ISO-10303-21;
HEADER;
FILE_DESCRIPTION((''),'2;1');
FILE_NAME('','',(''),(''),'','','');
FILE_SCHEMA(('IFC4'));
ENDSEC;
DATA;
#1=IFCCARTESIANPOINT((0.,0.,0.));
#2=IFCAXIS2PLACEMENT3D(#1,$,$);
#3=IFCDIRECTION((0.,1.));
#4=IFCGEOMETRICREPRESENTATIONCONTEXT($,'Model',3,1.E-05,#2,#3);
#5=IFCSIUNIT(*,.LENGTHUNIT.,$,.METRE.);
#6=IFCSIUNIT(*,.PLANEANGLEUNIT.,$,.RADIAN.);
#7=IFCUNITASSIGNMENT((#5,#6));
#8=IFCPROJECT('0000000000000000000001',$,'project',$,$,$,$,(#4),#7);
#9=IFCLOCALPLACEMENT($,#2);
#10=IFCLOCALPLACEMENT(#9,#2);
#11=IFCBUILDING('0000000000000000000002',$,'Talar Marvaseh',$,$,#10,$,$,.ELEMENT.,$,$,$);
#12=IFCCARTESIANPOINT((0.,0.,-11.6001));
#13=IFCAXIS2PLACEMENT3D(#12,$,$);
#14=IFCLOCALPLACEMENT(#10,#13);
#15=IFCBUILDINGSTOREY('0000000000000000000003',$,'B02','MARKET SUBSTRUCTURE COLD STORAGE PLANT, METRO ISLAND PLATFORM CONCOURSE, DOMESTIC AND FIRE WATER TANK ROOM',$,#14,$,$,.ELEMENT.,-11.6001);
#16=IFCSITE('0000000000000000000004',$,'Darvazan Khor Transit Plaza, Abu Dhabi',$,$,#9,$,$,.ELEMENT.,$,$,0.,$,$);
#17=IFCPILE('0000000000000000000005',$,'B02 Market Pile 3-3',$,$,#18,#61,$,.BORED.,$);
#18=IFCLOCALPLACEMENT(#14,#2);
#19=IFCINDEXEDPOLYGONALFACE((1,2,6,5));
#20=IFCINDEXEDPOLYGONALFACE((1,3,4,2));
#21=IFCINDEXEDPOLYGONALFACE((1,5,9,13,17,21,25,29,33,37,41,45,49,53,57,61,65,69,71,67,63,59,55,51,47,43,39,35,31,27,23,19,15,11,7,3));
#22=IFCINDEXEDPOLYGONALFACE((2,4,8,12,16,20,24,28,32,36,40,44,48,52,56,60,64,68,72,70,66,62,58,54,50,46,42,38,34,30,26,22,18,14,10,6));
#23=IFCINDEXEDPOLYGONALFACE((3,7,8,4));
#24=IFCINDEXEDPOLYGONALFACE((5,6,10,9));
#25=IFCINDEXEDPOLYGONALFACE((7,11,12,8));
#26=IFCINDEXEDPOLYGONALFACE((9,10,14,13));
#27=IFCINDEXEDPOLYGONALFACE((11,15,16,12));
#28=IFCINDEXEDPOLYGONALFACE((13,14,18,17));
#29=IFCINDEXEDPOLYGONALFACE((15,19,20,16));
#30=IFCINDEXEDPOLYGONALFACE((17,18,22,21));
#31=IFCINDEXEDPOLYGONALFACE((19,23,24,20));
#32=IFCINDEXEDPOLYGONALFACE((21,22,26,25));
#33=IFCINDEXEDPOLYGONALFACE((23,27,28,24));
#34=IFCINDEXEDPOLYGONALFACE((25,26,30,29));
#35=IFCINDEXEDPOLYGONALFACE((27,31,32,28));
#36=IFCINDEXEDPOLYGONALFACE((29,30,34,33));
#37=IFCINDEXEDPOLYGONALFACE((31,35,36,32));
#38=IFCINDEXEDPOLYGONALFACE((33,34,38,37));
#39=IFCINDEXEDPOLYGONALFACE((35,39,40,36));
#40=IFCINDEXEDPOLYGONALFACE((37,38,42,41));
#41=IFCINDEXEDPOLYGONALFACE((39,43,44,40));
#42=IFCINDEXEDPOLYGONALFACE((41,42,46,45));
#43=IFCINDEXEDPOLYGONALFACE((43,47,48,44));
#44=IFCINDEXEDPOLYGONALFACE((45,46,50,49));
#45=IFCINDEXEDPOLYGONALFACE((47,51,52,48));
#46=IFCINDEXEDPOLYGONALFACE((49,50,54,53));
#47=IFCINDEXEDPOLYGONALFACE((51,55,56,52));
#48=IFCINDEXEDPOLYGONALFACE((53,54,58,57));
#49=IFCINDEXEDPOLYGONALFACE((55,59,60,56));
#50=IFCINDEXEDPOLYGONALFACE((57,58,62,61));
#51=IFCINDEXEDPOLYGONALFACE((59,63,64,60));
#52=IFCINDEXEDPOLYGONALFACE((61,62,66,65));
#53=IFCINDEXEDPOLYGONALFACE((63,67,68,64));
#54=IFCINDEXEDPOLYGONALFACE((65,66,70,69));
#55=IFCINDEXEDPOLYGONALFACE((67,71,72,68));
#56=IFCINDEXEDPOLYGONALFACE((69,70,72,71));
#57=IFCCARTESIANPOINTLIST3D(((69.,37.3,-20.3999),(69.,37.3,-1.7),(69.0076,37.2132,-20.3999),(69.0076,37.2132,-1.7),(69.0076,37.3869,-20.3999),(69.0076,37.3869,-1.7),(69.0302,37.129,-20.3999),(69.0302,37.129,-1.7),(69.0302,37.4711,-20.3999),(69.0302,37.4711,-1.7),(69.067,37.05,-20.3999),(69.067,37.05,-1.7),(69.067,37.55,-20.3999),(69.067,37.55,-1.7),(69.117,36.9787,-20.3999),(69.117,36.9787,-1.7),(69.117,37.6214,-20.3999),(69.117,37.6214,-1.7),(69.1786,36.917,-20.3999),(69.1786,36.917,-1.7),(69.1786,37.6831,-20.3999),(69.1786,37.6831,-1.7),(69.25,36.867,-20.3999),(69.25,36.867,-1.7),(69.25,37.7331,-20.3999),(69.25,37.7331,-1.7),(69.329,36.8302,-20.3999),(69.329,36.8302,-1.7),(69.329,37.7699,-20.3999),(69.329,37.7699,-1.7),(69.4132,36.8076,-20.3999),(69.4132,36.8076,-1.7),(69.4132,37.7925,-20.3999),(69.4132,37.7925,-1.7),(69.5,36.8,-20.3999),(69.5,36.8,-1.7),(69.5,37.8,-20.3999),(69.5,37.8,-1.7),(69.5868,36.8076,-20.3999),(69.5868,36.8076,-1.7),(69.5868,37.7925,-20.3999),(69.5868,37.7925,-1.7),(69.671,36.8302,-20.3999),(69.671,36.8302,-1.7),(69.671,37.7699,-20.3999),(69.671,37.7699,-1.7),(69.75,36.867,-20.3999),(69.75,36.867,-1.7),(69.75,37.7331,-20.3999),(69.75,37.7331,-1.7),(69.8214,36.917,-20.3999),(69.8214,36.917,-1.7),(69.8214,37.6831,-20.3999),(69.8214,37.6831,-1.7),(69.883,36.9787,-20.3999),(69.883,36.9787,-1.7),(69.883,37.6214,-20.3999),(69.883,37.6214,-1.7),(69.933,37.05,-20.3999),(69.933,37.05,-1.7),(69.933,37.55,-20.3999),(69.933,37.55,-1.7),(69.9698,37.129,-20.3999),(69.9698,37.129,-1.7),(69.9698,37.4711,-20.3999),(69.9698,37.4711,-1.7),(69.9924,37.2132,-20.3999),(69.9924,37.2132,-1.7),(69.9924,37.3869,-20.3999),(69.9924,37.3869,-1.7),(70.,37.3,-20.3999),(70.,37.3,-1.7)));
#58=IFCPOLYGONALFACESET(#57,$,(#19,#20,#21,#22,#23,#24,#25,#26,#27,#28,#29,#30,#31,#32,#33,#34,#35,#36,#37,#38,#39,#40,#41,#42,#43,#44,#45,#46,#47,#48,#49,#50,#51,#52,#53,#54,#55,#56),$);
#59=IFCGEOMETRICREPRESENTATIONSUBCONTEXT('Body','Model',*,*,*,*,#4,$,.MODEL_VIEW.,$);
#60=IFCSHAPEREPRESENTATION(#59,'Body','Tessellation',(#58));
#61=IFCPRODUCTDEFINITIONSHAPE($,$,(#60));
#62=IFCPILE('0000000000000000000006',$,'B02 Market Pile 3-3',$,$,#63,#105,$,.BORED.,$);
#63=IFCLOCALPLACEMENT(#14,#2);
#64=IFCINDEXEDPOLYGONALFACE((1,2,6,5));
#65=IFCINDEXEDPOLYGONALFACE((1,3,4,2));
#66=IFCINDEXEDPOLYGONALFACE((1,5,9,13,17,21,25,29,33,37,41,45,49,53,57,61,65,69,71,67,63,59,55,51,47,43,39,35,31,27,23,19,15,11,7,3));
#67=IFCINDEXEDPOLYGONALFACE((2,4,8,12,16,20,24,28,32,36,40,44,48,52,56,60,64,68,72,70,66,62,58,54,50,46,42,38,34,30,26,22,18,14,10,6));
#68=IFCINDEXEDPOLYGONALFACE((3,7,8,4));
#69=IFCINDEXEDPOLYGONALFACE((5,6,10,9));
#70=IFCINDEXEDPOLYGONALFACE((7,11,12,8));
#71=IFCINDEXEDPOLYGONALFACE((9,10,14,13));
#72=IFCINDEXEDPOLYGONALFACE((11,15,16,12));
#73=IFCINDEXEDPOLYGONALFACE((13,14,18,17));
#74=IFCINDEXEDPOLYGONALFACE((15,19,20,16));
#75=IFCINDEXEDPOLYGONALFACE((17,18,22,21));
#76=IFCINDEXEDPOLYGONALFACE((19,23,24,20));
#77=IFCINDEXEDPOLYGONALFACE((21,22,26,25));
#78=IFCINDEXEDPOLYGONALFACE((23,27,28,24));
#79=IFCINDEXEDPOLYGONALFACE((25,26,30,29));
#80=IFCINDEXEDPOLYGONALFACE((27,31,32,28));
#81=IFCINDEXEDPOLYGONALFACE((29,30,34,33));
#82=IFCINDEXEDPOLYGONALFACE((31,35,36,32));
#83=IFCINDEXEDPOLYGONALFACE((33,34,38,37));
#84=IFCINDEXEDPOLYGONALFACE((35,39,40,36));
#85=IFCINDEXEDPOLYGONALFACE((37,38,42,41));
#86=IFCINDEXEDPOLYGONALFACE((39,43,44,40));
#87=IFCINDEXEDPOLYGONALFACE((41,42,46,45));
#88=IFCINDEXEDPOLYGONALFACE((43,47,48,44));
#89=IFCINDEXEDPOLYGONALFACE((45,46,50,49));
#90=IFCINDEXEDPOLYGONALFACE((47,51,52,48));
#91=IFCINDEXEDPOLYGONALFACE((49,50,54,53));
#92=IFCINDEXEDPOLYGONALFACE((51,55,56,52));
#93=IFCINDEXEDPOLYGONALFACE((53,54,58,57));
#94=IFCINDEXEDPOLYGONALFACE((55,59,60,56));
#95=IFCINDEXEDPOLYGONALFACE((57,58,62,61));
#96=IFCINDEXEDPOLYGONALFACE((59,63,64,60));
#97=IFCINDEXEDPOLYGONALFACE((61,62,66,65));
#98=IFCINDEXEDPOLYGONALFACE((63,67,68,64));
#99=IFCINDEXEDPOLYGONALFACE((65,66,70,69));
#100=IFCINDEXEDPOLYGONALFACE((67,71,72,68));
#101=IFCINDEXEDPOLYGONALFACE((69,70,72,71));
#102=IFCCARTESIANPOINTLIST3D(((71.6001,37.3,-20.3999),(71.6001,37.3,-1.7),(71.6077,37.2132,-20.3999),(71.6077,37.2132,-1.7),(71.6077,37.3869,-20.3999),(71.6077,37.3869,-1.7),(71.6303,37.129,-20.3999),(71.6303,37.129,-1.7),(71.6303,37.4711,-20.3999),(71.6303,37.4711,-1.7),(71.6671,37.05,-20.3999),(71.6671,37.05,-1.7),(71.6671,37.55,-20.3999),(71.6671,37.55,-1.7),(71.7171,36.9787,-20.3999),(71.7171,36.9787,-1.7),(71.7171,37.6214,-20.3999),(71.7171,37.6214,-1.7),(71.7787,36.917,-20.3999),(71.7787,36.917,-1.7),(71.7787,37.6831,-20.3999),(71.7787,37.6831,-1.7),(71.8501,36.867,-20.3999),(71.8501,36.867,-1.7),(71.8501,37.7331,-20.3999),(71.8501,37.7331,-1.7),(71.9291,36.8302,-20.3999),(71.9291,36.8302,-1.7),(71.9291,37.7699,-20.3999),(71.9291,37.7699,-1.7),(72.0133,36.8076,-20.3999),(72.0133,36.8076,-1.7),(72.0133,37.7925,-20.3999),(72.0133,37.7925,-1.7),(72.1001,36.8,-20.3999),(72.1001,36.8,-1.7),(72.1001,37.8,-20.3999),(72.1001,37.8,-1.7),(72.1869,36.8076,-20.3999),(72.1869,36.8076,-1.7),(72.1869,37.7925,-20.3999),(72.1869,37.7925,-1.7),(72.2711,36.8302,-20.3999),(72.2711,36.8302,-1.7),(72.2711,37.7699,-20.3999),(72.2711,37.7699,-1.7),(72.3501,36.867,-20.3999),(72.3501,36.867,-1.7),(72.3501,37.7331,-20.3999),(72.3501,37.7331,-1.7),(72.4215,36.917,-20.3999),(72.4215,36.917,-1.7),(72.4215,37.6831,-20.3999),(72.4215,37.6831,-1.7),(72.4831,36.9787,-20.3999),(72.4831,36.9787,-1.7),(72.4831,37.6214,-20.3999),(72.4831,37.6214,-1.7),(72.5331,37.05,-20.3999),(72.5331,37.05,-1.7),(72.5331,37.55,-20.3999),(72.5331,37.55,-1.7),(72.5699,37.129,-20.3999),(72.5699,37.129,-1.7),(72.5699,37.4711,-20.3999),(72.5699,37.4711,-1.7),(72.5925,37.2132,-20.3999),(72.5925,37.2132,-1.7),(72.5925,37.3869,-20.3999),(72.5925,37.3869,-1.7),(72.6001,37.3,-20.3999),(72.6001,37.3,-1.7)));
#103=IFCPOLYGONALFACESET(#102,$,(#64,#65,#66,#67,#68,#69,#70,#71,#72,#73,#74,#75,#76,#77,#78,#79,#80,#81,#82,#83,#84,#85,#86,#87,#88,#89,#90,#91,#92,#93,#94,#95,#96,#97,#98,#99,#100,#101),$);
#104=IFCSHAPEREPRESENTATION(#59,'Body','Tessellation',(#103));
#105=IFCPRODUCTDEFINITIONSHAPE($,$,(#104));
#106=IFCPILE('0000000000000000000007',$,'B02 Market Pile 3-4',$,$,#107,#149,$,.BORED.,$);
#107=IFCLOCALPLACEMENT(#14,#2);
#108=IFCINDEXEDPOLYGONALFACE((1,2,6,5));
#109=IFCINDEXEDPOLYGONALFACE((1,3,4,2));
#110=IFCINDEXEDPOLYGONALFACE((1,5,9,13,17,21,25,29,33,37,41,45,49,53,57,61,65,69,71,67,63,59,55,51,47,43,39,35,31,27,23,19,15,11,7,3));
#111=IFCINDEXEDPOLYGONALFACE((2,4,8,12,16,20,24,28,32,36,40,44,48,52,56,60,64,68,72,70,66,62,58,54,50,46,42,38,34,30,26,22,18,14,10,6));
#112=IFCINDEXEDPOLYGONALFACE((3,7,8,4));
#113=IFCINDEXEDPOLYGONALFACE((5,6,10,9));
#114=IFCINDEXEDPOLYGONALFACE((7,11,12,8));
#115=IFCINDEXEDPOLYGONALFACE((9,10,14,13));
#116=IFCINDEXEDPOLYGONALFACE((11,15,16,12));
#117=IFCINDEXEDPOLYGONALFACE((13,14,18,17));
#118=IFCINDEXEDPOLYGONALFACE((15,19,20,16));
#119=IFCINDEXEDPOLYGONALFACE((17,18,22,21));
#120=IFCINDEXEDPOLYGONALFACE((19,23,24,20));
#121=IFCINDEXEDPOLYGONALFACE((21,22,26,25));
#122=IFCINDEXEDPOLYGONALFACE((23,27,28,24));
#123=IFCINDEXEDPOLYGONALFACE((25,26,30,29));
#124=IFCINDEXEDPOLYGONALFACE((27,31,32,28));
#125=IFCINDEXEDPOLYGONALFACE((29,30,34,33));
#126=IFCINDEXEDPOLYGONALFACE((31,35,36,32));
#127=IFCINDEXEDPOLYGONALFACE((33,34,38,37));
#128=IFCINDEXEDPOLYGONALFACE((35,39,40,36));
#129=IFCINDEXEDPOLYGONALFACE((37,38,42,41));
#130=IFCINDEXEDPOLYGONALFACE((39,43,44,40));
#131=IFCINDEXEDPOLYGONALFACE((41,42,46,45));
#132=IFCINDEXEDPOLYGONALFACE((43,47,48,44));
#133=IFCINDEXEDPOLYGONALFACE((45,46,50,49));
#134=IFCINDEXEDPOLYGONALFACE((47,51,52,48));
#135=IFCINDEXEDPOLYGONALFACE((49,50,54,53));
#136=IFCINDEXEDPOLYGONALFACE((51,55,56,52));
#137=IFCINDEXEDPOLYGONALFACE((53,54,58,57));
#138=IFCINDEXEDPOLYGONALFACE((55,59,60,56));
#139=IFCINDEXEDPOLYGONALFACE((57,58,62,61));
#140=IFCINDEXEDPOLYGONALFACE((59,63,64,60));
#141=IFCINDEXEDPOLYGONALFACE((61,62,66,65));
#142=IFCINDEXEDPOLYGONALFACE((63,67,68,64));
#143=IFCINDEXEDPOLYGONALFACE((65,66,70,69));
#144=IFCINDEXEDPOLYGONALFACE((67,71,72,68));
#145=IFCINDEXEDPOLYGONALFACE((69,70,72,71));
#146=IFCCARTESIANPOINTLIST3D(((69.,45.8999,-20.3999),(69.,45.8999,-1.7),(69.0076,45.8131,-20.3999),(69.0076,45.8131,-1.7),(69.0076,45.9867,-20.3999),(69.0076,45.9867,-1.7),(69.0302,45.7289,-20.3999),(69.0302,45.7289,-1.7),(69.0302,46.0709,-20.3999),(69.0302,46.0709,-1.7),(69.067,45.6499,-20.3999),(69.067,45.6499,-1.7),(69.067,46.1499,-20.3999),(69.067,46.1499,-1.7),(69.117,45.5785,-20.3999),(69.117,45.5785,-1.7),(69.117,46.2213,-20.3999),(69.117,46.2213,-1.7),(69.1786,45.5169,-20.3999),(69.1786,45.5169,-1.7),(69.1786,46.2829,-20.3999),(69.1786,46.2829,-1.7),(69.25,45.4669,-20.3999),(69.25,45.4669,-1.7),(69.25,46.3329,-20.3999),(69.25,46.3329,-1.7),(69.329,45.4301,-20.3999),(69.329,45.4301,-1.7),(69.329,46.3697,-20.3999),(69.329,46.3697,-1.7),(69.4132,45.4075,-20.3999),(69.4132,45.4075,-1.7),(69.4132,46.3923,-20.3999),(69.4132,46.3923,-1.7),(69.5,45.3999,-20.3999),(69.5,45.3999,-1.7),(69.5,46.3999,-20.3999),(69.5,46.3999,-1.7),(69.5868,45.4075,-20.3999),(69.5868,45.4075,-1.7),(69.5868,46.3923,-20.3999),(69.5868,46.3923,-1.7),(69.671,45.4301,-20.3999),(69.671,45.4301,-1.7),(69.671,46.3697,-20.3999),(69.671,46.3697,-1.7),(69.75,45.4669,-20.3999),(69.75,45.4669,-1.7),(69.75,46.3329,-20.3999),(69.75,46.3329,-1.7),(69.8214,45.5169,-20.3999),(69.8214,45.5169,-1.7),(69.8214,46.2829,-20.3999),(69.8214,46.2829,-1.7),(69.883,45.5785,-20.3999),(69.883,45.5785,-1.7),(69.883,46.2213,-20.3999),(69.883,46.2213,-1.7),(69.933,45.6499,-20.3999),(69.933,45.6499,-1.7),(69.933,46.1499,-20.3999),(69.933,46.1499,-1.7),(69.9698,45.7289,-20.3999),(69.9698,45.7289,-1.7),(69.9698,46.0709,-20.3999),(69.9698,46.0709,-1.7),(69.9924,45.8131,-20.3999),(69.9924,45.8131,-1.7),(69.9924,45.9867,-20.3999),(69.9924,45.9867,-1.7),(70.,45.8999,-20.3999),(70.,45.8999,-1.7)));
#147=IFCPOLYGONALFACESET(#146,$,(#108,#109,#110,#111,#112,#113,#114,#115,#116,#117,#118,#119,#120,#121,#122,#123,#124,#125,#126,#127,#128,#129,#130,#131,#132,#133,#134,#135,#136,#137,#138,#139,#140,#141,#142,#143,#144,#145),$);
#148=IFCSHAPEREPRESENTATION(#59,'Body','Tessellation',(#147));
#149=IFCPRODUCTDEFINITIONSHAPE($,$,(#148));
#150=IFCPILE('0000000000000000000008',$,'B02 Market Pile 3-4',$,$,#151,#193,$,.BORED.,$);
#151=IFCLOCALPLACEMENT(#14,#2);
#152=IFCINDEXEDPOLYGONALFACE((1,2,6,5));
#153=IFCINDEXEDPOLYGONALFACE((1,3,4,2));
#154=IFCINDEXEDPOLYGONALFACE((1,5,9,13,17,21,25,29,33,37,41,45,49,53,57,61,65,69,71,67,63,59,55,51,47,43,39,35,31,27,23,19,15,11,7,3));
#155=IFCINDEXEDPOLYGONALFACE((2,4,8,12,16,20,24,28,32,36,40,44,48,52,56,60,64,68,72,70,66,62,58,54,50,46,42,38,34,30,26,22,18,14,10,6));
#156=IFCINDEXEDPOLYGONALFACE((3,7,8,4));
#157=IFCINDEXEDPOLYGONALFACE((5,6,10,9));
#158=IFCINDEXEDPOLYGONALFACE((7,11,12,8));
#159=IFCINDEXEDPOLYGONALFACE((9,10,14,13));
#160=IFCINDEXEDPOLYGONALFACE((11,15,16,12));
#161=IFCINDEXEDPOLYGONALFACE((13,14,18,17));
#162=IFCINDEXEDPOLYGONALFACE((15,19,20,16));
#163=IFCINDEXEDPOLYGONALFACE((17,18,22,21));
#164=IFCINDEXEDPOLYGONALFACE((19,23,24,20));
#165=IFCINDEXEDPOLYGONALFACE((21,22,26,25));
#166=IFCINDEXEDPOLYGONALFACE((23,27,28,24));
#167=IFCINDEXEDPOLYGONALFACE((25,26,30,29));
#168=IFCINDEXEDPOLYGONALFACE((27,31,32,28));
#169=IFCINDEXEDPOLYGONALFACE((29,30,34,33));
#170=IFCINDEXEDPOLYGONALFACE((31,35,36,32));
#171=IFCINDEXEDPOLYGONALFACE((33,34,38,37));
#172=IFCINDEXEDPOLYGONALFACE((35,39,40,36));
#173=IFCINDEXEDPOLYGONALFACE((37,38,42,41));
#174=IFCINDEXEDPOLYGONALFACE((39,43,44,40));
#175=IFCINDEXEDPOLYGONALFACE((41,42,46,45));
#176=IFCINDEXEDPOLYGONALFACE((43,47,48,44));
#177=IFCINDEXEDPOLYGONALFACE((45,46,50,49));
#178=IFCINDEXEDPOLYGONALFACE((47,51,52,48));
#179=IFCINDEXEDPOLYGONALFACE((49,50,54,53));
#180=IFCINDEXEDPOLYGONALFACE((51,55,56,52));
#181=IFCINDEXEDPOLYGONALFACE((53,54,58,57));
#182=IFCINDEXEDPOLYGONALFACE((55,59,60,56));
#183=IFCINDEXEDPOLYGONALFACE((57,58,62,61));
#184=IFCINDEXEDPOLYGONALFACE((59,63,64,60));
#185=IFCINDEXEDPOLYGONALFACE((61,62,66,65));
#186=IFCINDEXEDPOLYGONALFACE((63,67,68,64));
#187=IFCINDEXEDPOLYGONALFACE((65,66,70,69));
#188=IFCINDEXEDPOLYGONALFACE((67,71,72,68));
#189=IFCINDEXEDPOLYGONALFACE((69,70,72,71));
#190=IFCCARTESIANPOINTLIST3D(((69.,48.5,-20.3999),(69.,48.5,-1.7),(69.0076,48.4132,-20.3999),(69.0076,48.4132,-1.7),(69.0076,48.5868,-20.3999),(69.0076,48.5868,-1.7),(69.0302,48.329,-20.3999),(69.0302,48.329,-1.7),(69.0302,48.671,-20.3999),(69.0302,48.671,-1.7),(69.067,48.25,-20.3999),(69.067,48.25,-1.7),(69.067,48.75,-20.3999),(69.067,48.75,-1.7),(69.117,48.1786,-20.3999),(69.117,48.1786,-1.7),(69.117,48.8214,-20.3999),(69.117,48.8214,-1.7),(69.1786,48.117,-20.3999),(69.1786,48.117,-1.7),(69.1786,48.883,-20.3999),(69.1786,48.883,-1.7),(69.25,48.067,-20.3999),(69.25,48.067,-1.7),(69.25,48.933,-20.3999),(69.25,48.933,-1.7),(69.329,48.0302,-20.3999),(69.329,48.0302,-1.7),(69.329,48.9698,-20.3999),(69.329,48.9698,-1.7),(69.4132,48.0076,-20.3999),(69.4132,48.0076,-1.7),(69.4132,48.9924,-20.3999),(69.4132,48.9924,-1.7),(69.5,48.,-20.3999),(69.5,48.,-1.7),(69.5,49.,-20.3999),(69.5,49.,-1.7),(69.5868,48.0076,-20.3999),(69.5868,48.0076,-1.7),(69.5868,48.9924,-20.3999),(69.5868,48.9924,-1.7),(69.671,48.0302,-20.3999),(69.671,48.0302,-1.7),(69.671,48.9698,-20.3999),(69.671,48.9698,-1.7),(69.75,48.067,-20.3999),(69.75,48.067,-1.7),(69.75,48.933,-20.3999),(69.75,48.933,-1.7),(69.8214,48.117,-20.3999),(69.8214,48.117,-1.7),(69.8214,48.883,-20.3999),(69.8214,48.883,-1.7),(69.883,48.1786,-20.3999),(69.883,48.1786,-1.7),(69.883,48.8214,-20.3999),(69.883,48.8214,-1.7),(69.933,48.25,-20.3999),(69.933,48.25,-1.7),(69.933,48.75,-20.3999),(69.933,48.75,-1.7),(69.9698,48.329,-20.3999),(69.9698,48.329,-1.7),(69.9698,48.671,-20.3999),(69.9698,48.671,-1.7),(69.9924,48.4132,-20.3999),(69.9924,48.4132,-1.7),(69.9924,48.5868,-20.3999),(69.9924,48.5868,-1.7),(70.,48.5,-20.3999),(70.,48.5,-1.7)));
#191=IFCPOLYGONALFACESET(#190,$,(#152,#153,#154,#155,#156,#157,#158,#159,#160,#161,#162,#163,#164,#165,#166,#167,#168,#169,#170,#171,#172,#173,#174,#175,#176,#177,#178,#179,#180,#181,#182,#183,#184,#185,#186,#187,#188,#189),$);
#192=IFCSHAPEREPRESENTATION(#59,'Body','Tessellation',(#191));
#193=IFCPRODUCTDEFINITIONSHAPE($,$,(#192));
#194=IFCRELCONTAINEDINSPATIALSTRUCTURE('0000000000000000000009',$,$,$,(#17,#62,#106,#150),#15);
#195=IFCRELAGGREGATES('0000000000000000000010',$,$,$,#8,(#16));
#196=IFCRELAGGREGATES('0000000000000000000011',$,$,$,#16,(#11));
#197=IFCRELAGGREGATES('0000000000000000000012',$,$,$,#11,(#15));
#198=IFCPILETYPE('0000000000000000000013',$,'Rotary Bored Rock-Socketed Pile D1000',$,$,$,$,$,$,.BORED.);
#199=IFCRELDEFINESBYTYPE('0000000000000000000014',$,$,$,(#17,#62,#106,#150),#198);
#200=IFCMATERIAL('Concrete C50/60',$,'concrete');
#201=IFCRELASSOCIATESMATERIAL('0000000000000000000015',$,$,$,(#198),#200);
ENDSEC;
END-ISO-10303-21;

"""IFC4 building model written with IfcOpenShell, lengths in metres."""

from ifc_helpers import new_model, si_unit, direction, frame, origin, origin_2d, place, context, subcontext, project, spatial, circle, extrude, source, transform, mapped, material, material_profile, profile_set, type_object, type_shapes, element, save


model = new_model("IFC4")

# Units and contexts
model_context = context("Model", 3, precision=1e-05, world=origin(), true_north=direction((0.0, 1.0)))
body_context = subcontext(model_context, "Body", "Model", "MODEL_VIEW")
ifc_project = project(units=[si_unit("LENGTHUNIT", "METRE"), si_unit("PLANEANGLEUNIT", "RADIAN")], contexts=[model_context])

# Site, building, storey
site_placement = place(None, origin())
site = spatial("IfcSite", under=ifc_project, at=site_placement, Name="Darvazan Khor Transit Plaza, Abu Dhabi", CompositionType="ELEMENT", RefElevation=0.0)
building_placement = place(site_placement, origin())
building = spatial("IfcBuilding", under=site, at=building_placement, Name="Talar Marvaseh", CompositionType="ELEMENT")
storey_placement = place(building_placement, frame((0.0, 0.0, -11.6001)))
storey = spatial("IfcBuildingStorey", under=building, at=storey_placement, Name="B02", Description="MARKET SUBSTRUCTURE COLD STORAGE PLANT, METRO ISLAND PLATFORM CONCOURSE, DOMESTIC AND FIRE WATER TANK ROOM", CompositionType="ELEMENT", Elevation=-11.6001)

# Shared definitions
ifc_material_1 = material(Name="Concrete C50/60", Category="concrete")

# Piles
ifc_material_profile_1 = material_profile(ifc_material_1, circle(Radius=0.5, at=origin_2d()), Name="PILE-D1000")
ifc_profile_set_1 = profile_set([ifc_material_profile_1], Name="Concrete C50/60")
pile_type = type_object("IfcPileType", Name="Rotary Bored Rock-Socketed Pile D1000", PredefinedType="BORED", material=ifc_profile_set_1)
shared_shape_1 = source(origin(), body_context, "Body", "SweptSolid", [
    extrude(circle(Radius=0.5, at=origin_2d()), origin(), (0.0, 0.0, 1.0), 18.7),
])
type_shapes(pile_type, [shared_shape_1])
for number, where, z_axis, x_axis, name in (
    (1, (69.5, 37.3, -1.7), (0.0, 0.0, -1.0), (1.0, 0.0, 0.0), "B02 Market Pile 3-3"),
    (2, (72.1001, 37.3, -1.7), (0.0, 0.0, -1.0), (1.0, 0.0, 0.0), "B02 Market Pile 3-3"),
    (3, (69.5, 45.8999, -1.7), (0.0, 0.0, -1.0), (1.0, 0.0, 0.0), "B02 Market Pile 3-4"),
    (4, (69.5, 48.5, -1.7), (0.0, 0.0, -1.0), (1.0, 0.0, 0.0), "B02 Market Pile 3-4"),
):
    element("IfcPile", number, at=place(storey_placement, frame(where, z_axis=z_axis, x_axis=x_axis)), inside=storey, type_object=pile_type, Name=name, PredefinedType="BORED", context=body_context, shape_type="MappedRepresentation", body=[
        mapped(shared_shape_1, transform((0.0, 0.0, 0.0), x_axis=(1.0, 0.0, 0.0), y_axis=(0.0, 1.0, 0.0), z_axis=(0.0, 0.0, 1.0), scale=1.0)),
    ])

save(model, "model.ifc")
